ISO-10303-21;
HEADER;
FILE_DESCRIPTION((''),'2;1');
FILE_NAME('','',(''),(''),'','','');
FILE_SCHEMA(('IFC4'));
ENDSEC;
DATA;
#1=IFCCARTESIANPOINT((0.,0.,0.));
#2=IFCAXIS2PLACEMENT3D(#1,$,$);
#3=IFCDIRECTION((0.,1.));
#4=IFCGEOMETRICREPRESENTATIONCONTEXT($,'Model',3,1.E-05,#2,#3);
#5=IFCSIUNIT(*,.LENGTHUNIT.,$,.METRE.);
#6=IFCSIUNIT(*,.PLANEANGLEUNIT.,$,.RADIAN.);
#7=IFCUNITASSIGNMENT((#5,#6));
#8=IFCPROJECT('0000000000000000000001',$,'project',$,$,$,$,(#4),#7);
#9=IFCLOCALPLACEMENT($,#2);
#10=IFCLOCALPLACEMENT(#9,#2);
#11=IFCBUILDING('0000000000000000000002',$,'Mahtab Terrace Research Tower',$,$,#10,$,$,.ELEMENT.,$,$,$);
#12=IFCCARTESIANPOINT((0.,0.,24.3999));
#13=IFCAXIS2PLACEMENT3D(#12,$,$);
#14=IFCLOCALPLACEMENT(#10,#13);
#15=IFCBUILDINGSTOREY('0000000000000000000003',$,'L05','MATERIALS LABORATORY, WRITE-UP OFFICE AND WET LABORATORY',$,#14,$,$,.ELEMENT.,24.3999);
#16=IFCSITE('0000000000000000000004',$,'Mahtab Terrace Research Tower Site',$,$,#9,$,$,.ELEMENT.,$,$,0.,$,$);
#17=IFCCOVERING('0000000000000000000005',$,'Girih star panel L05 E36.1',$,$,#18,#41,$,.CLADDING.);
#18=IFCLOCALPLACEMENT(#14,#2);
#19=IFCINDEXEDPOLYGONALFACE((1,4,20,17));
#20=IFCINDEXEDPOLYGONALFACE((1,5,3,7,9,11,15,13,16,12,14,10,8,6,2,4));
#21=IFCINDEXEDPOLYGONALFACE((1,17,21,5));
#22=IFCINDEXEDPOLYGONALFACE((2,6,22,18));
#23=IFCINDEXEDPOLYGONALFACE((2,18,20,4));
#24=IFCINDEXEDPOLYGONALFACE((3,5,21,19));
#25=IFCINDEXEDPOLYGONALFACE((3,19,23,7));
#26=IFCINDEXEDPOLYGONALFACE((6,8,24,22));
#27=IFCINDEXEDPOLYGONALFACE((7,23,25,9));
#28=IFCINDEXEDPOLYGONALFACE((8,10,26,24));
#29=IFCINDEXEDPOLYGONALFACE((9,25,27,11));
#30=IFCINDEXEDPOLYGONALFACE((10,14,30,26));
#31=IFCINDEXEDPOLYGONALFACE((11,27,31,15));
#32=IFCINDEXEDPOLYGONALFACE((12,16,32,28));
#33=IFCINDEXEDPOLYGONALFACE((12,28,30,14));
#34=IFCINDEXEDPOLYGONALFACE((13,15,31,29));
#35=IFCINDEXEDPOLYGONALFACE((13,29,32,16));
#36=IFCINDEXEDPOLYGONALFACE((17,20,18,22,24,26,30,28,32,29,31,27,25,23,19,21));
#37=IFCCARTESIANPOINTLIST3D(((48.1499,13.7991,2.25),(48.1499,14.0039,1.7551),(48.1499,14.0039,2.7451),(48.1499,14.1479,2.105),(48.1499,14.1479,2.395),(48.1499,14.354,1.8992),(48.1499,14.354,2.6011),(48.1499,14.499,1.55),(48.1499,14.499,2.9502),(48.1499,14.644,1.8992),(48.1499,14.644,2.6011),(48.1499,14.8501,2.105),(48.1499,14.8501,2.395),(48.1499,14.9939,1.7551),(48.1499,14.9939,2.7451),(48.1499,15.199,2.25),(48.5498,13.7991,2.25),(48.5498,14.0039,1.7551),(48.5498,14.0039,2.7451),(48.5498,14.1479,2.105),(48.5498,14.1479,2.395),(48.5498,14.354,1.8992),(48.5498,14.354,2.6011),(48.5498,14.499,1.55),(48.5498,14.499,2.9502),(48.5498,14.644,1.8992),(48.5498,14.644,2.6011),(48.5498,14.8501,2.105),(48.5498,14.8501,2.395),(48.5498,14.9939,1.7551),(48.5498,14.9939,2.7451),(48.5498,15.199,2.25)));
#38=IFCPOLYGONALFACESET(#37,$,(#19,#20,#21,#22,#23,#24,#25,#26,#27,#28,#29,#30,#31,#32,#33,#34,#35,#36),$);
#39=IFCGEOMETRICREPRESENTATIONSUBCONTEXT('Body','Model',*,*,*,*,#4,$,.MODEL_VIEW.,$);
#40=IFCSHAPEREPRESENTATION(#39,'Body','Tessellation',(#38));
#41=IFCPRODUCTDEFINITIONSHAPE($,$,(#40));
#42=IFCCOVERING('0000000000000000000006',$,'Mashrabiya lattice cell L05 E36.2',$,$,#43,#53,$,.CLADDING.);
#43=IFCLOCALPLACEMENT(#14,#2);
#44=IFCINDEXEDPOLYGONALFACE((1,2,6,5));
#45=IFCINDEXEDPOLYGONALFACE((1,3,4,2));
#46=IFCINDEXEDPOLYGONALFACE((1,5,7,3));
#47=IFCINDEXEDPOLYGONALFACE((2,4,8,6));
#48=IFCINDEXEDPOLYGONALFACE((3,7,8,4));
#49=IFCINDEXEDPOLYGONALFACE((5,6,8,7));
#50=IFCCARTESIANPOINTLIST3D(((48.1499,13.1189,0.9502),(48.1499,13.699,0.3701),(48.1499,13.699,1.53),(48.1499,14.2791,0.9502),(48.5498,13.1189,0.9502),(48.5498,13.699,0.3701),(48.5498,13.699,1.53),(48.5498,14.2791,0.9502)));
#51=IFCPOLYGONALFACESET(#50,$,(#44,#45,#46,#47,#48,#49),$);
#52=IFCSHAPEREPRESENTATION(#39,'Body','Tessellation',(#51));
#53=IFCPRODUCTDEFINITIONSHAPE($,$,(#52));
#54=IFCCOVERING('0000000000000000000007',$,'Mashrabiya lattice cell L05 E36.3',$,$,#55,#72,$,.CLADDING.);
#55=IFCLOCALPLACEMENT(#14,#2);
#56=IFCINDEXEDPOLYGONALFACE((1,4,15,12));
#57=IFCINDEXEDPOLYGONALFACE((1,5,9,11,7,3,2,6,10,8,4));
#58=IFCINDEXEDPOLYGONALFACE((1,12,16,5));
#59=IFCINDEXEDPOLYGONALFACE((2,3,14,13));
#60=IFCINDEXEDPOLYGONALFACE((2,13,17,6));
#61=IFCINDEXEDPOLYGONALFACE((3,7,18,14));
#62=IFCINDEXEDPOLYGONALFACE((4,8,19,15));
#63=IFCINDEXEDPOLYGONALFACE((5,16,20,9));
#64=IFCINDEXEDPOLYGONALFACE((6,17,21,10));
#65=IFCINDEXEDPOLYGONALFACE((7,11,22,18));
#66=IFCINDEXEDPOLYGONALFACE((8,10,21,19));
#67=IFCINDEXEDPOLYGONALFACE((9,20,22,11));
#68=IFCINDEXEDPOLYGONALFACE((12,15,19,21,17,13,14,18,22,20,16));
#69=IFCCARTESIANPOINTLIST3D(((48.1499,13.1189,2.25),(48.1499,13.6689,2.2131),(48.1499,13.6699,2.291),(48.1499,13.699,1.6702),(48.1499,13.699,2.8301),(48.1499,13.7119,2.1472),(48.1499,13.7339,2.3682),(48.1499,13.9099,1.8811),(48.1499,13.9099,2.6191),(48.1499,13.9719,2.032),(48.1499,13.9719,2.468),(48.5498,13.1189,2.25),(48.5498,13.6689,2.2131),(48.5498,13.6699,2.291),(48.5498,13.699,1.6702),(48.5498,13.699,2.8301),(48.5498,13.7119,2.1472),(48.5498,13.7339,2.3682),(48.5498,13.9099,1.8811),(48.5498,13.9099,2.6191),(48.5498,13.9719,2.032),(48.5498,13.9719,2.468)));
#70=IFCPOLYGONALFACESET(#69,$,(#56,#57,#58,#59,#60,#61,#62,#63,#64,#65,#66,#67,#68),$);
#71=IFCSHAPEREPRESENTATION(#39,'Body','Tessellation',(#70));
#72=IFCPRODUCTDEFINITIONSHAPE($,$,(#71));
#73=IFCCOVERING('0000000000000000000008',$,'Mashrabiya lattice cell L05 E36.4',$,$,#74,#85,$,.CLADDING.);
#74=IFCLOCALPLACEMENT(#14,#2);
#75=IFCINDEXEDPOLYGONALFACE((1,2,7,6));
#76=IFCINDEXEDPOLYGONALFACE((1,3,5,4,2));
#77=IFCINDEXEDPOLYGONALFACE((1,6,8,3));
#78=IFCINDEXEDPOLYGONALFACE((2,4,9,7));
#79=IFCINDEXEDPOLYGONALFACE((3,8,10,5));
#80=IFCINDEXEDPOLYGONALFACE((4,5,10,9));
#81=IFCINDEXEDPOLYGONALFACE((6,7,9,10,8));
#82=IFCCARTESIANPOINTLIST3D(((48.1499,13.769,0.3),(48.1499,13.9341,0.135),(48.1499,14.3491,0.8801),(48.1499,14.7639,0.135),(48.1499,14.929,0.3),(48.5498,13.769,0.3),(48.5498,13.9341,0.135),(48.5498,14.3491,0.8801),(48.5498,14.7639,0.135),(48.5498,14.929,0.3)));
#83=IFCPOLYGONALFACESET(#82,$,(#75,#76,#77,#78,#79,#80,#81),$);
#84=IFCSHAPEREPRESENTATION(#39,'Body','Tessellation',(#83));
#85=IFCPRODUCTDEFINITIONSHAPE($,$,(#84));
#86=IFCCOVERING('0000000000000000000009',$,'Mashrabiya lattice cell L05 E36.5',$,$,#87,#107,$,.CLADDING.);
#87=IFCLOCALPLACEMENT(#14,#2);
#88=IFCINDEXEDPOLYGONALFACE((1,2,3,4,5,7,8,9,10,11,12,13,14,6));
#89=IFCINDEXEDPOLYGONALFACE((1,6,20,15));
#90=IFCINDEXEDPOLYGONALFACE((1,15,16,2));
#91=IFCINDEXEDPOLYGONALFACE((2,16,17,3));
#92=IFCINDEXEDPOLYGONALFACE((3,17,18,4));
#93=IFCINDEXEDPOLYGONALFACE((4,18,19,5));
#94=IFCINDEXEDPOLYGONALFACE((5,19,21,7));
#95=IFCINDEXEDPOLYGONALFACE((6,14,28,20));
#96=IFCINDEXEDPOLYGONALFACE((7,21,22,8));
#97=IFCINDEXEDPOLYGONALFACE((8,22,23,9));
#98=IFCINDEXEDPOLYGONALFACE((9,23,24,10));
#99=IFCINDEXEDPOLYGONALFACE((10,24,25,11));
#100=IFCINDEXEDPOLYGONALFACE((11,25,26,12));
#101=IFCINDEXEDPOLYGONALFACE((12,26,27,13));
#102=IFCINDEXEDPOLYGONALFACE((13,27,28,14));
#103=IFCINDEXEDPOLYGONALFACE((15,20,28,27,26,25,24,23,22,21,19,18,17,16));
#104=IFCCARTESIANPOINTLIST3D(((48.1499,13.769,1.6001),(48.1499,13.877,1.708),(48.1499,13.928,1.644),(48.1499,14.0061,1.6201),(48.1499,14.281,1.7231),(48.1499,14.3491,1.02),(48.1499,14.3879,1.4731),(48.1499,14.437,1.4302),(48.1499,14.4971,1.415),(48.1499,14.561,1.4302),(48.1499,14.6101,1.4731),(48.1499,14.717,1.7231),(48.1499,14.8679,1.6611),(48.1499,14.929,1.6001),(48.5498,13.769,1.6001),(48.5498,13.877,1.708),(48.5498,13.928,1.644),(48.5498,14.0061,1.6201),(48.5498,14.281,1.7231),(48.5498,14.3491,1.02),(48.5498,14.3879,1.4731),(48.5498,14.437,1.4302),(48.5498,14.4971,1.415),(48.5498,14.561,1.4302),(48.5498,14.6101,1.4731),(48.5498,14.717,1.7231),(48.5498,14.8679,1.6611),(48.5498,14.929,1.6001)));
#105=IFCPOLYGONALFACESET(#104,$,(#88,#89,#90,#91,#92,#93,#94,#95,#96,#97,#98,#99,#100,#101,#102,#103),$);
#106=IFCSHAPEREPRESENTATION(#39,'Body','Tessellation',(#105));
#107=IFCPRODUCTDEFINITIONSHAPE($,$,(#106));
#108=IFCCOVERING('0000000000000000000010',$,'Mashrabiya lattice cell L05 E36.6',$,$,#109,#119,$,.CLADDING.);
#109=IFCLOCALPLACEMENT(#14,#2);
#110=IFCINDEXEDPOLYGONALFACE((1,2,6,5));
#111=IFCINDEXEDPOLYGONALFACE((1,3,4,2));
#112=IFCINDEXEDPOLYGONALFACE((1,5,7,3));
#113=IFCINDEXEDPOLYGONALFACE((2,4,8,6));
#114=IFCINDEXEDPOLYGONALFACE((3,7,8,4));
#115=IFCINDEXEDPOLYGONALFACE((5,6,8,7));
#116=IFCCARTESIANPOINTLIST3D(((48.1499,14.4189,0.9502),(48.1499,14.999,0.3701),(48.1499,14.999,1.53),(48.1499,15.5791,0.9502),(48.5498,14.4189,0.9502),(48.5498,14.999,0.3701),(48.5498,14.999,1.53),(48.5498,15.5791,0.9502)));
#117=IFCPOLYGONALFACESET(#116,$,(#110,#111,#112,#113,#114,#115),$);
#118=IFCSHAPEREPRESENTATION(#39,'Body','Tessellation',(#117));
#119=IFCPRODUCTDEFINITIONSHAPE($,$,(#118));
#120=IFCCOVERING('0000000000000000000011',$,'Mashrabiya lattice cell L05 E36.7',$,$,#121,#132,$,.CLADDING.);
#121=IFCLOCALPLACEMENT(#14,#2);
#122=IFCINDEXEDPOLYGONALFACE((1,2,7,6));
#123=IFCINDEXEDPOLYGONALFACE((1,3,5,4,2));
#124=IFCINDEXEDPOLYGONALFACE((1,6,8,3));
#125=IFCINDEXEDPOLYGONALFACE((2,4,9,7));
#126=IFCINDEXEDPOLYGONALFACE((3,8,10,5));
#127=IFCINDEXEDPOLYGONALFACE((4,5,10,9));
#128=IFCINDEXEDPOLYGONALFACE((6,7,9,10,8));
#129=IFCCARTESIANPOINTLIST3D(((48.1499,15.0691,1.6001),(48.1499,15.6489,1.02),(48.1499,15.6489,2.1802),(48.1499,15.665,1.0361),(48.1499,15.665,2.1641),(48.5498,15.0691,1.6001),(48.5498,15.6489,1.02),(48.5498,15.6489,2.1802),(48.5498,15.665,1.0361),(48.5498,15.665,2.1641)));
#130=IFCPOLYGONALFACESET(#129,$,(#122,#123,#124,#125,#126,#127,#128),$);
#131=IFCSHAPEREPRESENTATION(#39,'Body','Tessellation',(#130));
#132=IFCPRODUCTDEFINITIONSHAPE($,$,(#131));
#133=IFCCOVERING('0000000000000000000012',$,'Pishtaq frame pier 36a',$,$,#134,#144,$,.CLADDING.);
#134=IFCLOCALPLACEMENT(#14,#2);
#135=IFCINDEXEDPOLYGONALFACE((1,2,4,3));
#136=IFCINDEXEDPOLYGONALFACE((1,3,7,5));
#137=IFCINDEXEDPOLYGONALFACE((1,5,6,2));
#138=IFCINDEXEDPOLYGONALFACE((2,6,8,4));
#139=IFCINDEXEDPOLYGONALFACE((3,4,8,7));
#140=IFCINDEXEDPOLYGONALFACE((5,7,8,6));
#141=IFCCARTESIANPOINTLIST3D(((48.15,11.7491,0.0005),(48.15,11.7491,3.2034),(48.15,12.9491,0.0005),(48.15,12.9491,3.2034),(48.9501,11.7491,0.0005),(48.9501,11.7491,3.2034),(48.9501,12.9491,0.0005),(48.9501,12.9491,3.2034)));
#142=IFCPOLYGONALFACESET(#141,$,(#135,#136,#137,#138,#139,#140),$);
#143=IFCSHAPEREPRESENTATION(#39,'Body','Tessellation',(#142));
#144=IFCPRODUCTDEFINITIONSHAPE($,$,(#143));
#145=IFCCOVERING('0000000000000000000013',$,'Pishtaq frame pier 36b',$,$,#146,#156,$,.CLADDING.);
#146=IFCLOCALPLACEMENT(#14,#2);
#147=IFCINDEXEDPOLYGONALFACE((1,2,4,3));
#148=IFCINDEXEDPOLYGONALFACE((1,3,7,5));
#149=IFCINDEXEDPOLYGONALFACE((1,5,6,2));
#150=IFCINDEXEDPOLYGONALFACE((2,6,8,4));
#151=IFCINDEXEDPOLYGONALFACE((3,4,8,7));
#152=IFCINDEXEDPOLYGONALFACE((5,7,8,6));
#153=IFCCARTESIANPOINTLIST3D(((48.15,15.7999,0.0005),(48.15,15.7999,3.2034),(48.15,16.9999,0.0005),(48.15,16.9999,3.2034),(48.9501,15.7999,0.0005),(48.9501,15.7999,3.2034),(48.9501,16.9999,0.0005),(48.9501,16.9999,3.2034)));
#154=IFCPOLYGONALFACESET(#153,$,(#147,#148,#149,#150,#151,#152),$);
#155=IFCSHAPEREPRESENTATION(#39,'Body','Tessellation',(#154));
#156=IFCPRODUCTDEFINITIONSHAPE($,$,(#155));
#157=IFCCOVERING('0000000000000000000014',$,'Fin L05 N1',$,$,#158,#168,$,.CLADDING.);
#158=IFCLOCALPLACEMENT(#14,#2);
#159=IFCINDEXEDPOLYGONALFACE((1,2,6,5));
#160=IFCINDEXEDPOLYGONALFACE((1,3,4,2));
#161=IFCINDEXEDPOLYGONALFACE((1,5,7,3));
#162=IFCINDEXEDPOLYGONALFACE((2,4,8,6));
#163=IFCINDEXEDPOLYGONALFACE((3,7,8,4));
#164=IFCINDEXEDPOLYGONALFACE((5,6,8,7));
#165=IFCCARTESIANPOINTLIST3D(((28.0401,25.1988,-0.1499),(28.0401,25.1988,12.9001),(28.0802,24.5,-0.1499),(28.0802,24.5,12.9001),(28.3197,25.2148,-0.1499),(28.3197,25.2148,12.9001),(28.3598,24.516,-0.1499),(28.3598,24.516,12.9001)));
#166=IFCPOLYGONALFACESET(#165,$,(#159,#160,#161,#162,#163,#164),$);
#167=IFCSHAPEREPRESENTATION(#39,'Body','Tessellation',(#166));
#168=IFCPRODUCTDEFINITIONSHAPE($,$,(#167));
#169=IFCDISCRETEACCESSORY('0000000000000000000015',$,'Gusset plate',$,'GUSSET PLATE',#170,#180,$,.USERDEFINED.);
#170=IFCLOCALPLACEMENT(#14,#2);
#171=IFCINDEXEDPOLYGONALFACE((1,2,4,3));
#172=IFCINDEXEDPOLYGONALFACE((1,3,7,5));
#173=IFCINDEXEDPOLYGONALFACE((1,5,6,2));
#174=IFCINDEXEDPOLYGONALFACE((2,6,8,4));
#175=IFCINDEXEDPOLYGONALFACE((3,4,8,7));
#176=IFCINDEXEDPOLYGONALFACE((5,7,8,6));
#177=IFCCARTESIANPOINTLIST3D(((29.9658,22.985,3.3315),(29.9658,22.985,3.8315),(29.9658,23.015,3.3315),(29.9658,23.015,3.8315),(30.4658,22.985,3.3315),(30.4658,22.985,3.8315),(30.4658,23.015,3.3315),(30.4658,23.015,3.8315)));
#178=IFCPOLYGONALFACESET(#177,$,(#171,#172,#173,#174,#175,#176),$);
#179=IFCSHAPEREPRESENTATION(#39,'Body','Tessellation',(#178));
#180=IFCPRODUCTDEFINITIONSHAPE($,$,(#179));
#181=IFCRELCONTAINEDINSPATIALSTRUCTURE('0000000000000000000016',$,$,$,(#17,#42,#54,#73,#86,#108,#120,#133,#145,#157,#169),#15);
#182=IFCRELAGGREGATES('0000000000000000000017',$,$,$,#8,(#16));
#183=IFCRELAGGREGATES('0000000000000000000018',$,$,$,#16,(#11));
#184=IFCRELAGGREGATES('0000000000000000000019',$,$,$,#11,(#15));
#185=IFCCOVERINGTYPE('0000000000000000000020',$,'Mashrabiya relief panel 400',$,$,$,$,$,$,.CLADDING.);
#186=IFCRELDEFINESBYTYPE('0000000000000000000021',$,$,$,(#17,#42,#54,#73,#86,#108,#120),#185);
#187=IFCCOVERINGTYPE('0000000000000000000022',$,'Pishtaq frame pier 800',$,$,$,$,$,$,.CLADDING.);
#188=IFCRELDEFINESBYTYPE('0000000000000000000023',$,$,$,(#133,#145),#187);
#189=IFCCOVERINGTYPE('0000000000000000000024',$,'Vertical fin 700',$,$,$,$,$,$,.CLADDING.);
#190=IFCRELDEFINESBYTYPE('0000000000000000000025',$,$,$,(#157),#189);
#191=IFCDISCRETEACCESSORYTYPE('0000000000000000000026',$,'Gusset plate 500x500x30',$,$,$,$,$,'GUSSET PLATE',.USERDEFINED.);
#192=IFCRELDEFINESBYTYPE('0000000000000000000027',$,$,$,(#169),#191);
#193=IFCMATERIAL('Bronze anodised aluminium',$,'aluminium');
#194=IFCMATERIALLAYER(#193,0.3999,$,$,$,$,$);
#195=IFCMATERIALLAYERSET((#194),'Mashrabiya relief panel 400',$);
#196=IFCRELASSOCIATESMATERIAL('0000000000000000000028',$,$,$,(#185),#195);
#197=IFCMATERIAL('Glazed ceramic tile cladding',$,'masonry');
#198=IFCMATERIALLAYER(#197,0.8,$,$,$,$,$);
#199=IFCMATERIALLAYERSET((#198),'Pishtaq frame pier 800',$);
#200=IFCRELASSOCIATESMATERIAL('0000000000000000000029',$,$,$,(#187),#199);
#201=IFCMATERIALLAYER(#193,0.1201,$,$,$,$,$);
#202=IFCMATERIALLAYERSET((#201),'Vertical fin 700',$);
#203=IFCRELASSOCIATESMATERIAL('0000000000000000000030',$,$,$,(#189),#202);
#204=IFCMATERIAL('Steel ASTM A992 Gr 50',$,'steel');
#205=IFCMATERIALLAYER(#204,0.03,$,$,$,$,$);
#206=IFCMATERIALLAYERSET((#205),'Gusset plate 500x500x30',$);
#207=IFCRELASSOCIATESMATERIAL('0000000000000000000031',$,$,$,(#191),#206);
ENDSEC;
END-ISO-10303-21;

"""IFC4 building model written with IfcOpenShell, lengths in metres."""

from ifc_helpers import new_model, si_unit, direction, frame, origin, origin_2d, place, context, subcontext, project, spatial, polyline, rectangle, outline, extrude, material, layer, layer_set, type_object, element, save


model = new_model("IFC4")

# Units and contexts
model_context = context("Model", 3, precision=1e-05, world=origin(), true_north=direction((0.0, 1.0)))
body_context = subcontext(model_context, "Body", "Model", "MODEL_VIEW")
ifc_project = project(units=[si_unit("LENGTHUNIT", "METRE"), si_unit("PLANEANGLEUNIT", "RADIAN")], contexts=[model_context])

# Site, building, storey
site_placement = place(None, origin())
site = spatial("IfcSite", under=ifc_project, at=site_placement, Name="Mahtab Terrace Research Tower Site", CompositionType="ELEMENT", RefElevation=0.0)
building_placement = place(site_placement, origin())
building = spatial("IfcBuilding", under=site, at=building_placement, Name="Mahtab Terrace Research Tower", CompositionType="ELEMENT")
storey_placement = place(building_placement, frame((0.0, 0.0, 24.3999)))
storey = spatial("IfcBuildingStorey", under=building, at=storey_placement, Name="L05", Description="MATERIALS LABORATORY, WRITE-UP OFFICE AND WET LABORATORY", CompositionType="ELEMENT", Elevation=24.3999)

# Shared definitions
ifc_material_1 = material(Name="Steel ASTM A992 Gr 50", Category="steel")

# Coverings
ifc_material_2 = material(Name="Bronze anodised aluminium", Category="aluminium")
ifc_layer_1 = layer(ifc_material_2, 0.3999)
ifc_layer_set_1 = layer_set([ifc_layer_1], Name="Mashrabiya relief panel 400")
covering_type_1 = type_object("IfcCoveringType", Name="Mashrabiya relief panel 400", PredefinedType="CLADDING", material=ifc_layer_set_1)
covering_1_placement = place(storey_placement, frame((48.1499, 14.644, 2.6011), z_axis=(-1.0, 0.0, 0.0), x_axis=(0.0, 0.924691, 0.380717)))
element("IfcCovering", 1, at=covering_1_placement, inside=storey, type_object=covering_type_1, Name="Girih star panel L05 E36.1", PredefinedType="CLADDING", context=body_context, shape_type="SweptSolid", body=[
    extrude(outline(polyline([(0.0, 0.0), (0.3783, 0.0), (0.1121, 0.269), (0.3795, 0.5359), (0.0017, 0.5372), (0.0014, 0.9154), (-0.2672, 0.649), (-0.5342, 0.9167), (-0.5354, 0.5386), (-0.914, 0.5385), (-0.6476, 0.2699), (-0.915, 0.0029), (-0.5372, 0.0017), (-0.5371, -0.3769), (-0.2682, -0.1104), (-0.0012, -0.378), (0.0, 0.0)])), origin(), (0.0, 0.0, -1.0), 0.3999),
])
covering_2_placement = place(storey_placement, frame((48.1499, 13.699, 1.53), z_axis=(-1.0, 0.0, 0.0), x_axis=(0.0, 0.707256, -0.706958)))
element("IfcCovering", 2, at=covering_2_placement, inside=storey, type_object=covering_type_1, Name="Mashrabiya lattice cell L05 E36.2", PredefinedType="CLADDING", context=body_context, shape_type="SweptSolid", body=[
    extrude(outline(polyline([(0.0, 0.0), (0.8202, 0.0), (0.82, 0.8204), (-0.0003, 0.8202), (0.0, 0.0)])), origin(), (0.0, 0.0, -1.0), 0.3999),
])
covering_3_placement = place(storey_placement, frame((48.1499, 13.699, 1.6702), z_axis=(-1.0, 0.0, 0.0), x_axis=(0.0, -0.707256, 0.706958)))
element("IfcCovering", 3, at=covering_3_placement, inside=storey, type_object=covering_type_1, Name="Mashrabiya lattice cell L05 E36.3", PredefinedType="CLADDING", context=body_context, shape_type="SweptSolid", body=[
    extrude(outline(polyline([(0.0, 0.0), (0.8202, 0.0), (0.82, 0.8204), (0.5217, 0.8203), (0.371, 0.7572), (0.4688, 0.5183), (0.4595, 0.4186), (0.4051, 0.3628), (0.3281, 0.3465), (0.0627, 0.4489), (-0.0001, 0.2983), (0.0, 0.0)])), origin(), (0.0, 0.0, -1.0), 0.3999),
])
covering_4_placement = place(storey_placement, frame((48.1499, 13.769, 0.3), z_axis=(-1.0, 0.0, 0.0), x_axis=(0.0, 0.707107, 0.707107)))
element("IfcCovering", 4, at=covering_4_placement, inside=storey, type_object=covering_type_1, Name="Mashrabiya lattice cell L05 E36.4", PredefinedType="CLADDING", context=body_context, shape_type="SweptSolid", body=[
    extrude(outline(polyline([(0.0, 0.0), (0.8204, 0.0), (0.8202, 0.8202), (0.5868, 0.8202), (0.0, 0.2334), (0.0, 0.0)])), origin(), (0.0, 0.0, -1.0), 0.3999),
])
covering_5_placement = place(storey_placement, frame((48.1499, 14.929, 1.6001), z_axis=(-1.0, 0.0, 0.0), x_axis=(0.0, -0.706958, -0.707256)))
element("IfcCovering", 5, at=covering_5_placement, inside=storey, type_object=covering_type_1, Name="Mashrabiya lattice cell L05 E36.5", PredefinedType="CLADDING", context=body_context, shape_type="SweptSolid", body=[
    extrude(outline(polyline([(0.0, 0.0), (0.8202, 0.0), (0.82, 0.8204), (0.6674, 0.8203), (0.6766, 0.739), (0.6383, 0.6668), (0.371, 0.5453), (0.4723, 0.2929), (0.468, 0.2278), (0.4362, 0.1746), (0.3803, 0.1401), (0.3152, 0.1358), (0.0628, 0.2369), (0.0, 0.0863), (0.0, 0.0)])), origin(), (0.0, 0.0, -1.0), 0.3999),
])
covering_6_placement = place(storey_placement, frame((48.1499, 14.999, 1.53), z_axis=(-1.0, 0.0, 0.0), x_axis=(0.0, 0.707256, -0.706958)))
element("IfcCovering", 6, at=covering_6_placement, inside=storey, type_object=covering_type_1, Name="Mashrabiya lattice cell L05 E36.6", PredefinedType="CLADDING", context=body_context, shape_type="SweptSolid", body=[
    extrude(outline(polyline([(0.0, 0.0), (0.8202, 0.0), (0.82, 0.8204), (-0.0003, 0.8202), (0.0, 0.0)])), origin(), (0.0, 0.0, -1.0), 0.3999),
])
covering_7_placement = place(storey_placement, frame((48.1499, 15.6489, 1.02), z_axis=(-1.0, 0.0, 0.0), x_axis=(0.0, -0.706958, 0.707256)))
element("IfcCovering", 7, at=covering_7_placement, inside=storey, type_object=covering_type_1, Name="Mashrabiya lattice cell L05 E36.7", PredefinedType="CLADDING", context=body_context, shape_type="SweptSolid", body=[
    extrude(outline(polyline([(0.0, 0.0), (0.8202, 0.0), (0.8205, 0.8202), (0.7977, 0.8202), (0.0, 0.0228), (0.0, 0.0)])), origin(), (0.0, 0.0, -1.0), 0.3999),
])
ifc_material_3 = material(Name="Glazed ceramic tile cladding", Category="masonry")
ifc_layer_2 = layer(ifc_material_3, 0.8)
ifc_layer_set_2 = layer_set([ifc_layer_2], Name="Pishtaq frame pier 800")
covering_type_2 = type_object("IfcCoveringType", Name="Pishtaq frame pier 800", PredefinedType="CLADDING", material=ifc_layer_set_2)
for number, where, z_axis, x_axis, name in (
    (8, (48.55, 12.3491, 0.0005), (0.0, 0.0, 1.0), (0.0, 1.0, 0.0), "Pishtaq frame pier 36a"),
    (9, (48.55, 16.3999, 0.0005), (0.0, 0.0, 1.0), (0.0, 1.0, 0.0), "Pishtaq frame pier 36b"),
):
    element("IfcCovering", number, at=place(storey_placement, frame(where, z_axis=z_axis, x_axis=x_axis)), inside=storey, type_object=covering_type_2, Name=name, PredefinedType="CLADDING", context=body_context, shape_type="SweptSolid", body=[
        extrude(rectangle(XDim=1.2, YDim=0.8, at=origin_2d()), origin(), (0.0, 0.0, 1.0), 3.2029),
    ])
ifc_layer_3 = layer(ifc_material_2, 0.1201)
ifc_layer_set_3 = layer_set([ifc_layer_3], Name="Vertical fin 700")
covering_type_3 = type_object("IfcCoveringType", Name="Vertical fin 700", PredefinedType="CLADDING", material=ifc_layer_set_3)
covering_8_placement = place(storey_placement, frame((28.2, 24.8574, -0.1499), z_axis=(0.0, 0.0, 1.0), x_axis=(-0.998356, -0.057315, 0.0)))
element("IfcCovering", 10, at=covering_8_placement, inside=storey, type_object=covering_type_3, Name="Fin L05 N1", PredefinedType="CLADDING", context=body_context, shape_type="SweptSolid", body=[
    extrude(rectangle(XDim=0.28, YDim=0.7, at=origin_2d()), origin(), (0.0, 0.0, 1.0), 13.05),
])

# Discrete accessory
ifc_layer_4 = layer(ifc_material_1, 0.03)
ifc_layer_set_4 = layer_set([ifc_layer_4], Name="Gusset plate 500x500x30")
discrete_accessory_type = type_object("IfcDiscreteAccessoryType", Name="Gusset plate 500x500x30", ElementType="GUSSET PLATE", PredefinedType="USERDEFINED", material=ifc_layer_set_4)
for number, where, z_axis, x_axis, name in (
    (11, (30.2158, 23.0, 3.3315), (0.0, 0.0, 1.0), (1.0, 0.0, 0.0), "Gusset plate"),
):
    element("IfcDiscreteAccessory", number, at=place(storey_placement, frame(where, z_axis=z_axis, x_axis=x_axis)), inside=storey, type_object=discrete_accessory_type, Name=name, ObjectType="GUSSET PLATE", PredefinedType="USERDEFINED", context=body_context, shape_type="SweptSolid", body=[
        extrude(rectangle(XDim=0.5, YDim=0.03, at=origin_2d()), origin(), (0.0, 0.0, 1.0), 0.5),
    ])

save(model, "model.ifc")
